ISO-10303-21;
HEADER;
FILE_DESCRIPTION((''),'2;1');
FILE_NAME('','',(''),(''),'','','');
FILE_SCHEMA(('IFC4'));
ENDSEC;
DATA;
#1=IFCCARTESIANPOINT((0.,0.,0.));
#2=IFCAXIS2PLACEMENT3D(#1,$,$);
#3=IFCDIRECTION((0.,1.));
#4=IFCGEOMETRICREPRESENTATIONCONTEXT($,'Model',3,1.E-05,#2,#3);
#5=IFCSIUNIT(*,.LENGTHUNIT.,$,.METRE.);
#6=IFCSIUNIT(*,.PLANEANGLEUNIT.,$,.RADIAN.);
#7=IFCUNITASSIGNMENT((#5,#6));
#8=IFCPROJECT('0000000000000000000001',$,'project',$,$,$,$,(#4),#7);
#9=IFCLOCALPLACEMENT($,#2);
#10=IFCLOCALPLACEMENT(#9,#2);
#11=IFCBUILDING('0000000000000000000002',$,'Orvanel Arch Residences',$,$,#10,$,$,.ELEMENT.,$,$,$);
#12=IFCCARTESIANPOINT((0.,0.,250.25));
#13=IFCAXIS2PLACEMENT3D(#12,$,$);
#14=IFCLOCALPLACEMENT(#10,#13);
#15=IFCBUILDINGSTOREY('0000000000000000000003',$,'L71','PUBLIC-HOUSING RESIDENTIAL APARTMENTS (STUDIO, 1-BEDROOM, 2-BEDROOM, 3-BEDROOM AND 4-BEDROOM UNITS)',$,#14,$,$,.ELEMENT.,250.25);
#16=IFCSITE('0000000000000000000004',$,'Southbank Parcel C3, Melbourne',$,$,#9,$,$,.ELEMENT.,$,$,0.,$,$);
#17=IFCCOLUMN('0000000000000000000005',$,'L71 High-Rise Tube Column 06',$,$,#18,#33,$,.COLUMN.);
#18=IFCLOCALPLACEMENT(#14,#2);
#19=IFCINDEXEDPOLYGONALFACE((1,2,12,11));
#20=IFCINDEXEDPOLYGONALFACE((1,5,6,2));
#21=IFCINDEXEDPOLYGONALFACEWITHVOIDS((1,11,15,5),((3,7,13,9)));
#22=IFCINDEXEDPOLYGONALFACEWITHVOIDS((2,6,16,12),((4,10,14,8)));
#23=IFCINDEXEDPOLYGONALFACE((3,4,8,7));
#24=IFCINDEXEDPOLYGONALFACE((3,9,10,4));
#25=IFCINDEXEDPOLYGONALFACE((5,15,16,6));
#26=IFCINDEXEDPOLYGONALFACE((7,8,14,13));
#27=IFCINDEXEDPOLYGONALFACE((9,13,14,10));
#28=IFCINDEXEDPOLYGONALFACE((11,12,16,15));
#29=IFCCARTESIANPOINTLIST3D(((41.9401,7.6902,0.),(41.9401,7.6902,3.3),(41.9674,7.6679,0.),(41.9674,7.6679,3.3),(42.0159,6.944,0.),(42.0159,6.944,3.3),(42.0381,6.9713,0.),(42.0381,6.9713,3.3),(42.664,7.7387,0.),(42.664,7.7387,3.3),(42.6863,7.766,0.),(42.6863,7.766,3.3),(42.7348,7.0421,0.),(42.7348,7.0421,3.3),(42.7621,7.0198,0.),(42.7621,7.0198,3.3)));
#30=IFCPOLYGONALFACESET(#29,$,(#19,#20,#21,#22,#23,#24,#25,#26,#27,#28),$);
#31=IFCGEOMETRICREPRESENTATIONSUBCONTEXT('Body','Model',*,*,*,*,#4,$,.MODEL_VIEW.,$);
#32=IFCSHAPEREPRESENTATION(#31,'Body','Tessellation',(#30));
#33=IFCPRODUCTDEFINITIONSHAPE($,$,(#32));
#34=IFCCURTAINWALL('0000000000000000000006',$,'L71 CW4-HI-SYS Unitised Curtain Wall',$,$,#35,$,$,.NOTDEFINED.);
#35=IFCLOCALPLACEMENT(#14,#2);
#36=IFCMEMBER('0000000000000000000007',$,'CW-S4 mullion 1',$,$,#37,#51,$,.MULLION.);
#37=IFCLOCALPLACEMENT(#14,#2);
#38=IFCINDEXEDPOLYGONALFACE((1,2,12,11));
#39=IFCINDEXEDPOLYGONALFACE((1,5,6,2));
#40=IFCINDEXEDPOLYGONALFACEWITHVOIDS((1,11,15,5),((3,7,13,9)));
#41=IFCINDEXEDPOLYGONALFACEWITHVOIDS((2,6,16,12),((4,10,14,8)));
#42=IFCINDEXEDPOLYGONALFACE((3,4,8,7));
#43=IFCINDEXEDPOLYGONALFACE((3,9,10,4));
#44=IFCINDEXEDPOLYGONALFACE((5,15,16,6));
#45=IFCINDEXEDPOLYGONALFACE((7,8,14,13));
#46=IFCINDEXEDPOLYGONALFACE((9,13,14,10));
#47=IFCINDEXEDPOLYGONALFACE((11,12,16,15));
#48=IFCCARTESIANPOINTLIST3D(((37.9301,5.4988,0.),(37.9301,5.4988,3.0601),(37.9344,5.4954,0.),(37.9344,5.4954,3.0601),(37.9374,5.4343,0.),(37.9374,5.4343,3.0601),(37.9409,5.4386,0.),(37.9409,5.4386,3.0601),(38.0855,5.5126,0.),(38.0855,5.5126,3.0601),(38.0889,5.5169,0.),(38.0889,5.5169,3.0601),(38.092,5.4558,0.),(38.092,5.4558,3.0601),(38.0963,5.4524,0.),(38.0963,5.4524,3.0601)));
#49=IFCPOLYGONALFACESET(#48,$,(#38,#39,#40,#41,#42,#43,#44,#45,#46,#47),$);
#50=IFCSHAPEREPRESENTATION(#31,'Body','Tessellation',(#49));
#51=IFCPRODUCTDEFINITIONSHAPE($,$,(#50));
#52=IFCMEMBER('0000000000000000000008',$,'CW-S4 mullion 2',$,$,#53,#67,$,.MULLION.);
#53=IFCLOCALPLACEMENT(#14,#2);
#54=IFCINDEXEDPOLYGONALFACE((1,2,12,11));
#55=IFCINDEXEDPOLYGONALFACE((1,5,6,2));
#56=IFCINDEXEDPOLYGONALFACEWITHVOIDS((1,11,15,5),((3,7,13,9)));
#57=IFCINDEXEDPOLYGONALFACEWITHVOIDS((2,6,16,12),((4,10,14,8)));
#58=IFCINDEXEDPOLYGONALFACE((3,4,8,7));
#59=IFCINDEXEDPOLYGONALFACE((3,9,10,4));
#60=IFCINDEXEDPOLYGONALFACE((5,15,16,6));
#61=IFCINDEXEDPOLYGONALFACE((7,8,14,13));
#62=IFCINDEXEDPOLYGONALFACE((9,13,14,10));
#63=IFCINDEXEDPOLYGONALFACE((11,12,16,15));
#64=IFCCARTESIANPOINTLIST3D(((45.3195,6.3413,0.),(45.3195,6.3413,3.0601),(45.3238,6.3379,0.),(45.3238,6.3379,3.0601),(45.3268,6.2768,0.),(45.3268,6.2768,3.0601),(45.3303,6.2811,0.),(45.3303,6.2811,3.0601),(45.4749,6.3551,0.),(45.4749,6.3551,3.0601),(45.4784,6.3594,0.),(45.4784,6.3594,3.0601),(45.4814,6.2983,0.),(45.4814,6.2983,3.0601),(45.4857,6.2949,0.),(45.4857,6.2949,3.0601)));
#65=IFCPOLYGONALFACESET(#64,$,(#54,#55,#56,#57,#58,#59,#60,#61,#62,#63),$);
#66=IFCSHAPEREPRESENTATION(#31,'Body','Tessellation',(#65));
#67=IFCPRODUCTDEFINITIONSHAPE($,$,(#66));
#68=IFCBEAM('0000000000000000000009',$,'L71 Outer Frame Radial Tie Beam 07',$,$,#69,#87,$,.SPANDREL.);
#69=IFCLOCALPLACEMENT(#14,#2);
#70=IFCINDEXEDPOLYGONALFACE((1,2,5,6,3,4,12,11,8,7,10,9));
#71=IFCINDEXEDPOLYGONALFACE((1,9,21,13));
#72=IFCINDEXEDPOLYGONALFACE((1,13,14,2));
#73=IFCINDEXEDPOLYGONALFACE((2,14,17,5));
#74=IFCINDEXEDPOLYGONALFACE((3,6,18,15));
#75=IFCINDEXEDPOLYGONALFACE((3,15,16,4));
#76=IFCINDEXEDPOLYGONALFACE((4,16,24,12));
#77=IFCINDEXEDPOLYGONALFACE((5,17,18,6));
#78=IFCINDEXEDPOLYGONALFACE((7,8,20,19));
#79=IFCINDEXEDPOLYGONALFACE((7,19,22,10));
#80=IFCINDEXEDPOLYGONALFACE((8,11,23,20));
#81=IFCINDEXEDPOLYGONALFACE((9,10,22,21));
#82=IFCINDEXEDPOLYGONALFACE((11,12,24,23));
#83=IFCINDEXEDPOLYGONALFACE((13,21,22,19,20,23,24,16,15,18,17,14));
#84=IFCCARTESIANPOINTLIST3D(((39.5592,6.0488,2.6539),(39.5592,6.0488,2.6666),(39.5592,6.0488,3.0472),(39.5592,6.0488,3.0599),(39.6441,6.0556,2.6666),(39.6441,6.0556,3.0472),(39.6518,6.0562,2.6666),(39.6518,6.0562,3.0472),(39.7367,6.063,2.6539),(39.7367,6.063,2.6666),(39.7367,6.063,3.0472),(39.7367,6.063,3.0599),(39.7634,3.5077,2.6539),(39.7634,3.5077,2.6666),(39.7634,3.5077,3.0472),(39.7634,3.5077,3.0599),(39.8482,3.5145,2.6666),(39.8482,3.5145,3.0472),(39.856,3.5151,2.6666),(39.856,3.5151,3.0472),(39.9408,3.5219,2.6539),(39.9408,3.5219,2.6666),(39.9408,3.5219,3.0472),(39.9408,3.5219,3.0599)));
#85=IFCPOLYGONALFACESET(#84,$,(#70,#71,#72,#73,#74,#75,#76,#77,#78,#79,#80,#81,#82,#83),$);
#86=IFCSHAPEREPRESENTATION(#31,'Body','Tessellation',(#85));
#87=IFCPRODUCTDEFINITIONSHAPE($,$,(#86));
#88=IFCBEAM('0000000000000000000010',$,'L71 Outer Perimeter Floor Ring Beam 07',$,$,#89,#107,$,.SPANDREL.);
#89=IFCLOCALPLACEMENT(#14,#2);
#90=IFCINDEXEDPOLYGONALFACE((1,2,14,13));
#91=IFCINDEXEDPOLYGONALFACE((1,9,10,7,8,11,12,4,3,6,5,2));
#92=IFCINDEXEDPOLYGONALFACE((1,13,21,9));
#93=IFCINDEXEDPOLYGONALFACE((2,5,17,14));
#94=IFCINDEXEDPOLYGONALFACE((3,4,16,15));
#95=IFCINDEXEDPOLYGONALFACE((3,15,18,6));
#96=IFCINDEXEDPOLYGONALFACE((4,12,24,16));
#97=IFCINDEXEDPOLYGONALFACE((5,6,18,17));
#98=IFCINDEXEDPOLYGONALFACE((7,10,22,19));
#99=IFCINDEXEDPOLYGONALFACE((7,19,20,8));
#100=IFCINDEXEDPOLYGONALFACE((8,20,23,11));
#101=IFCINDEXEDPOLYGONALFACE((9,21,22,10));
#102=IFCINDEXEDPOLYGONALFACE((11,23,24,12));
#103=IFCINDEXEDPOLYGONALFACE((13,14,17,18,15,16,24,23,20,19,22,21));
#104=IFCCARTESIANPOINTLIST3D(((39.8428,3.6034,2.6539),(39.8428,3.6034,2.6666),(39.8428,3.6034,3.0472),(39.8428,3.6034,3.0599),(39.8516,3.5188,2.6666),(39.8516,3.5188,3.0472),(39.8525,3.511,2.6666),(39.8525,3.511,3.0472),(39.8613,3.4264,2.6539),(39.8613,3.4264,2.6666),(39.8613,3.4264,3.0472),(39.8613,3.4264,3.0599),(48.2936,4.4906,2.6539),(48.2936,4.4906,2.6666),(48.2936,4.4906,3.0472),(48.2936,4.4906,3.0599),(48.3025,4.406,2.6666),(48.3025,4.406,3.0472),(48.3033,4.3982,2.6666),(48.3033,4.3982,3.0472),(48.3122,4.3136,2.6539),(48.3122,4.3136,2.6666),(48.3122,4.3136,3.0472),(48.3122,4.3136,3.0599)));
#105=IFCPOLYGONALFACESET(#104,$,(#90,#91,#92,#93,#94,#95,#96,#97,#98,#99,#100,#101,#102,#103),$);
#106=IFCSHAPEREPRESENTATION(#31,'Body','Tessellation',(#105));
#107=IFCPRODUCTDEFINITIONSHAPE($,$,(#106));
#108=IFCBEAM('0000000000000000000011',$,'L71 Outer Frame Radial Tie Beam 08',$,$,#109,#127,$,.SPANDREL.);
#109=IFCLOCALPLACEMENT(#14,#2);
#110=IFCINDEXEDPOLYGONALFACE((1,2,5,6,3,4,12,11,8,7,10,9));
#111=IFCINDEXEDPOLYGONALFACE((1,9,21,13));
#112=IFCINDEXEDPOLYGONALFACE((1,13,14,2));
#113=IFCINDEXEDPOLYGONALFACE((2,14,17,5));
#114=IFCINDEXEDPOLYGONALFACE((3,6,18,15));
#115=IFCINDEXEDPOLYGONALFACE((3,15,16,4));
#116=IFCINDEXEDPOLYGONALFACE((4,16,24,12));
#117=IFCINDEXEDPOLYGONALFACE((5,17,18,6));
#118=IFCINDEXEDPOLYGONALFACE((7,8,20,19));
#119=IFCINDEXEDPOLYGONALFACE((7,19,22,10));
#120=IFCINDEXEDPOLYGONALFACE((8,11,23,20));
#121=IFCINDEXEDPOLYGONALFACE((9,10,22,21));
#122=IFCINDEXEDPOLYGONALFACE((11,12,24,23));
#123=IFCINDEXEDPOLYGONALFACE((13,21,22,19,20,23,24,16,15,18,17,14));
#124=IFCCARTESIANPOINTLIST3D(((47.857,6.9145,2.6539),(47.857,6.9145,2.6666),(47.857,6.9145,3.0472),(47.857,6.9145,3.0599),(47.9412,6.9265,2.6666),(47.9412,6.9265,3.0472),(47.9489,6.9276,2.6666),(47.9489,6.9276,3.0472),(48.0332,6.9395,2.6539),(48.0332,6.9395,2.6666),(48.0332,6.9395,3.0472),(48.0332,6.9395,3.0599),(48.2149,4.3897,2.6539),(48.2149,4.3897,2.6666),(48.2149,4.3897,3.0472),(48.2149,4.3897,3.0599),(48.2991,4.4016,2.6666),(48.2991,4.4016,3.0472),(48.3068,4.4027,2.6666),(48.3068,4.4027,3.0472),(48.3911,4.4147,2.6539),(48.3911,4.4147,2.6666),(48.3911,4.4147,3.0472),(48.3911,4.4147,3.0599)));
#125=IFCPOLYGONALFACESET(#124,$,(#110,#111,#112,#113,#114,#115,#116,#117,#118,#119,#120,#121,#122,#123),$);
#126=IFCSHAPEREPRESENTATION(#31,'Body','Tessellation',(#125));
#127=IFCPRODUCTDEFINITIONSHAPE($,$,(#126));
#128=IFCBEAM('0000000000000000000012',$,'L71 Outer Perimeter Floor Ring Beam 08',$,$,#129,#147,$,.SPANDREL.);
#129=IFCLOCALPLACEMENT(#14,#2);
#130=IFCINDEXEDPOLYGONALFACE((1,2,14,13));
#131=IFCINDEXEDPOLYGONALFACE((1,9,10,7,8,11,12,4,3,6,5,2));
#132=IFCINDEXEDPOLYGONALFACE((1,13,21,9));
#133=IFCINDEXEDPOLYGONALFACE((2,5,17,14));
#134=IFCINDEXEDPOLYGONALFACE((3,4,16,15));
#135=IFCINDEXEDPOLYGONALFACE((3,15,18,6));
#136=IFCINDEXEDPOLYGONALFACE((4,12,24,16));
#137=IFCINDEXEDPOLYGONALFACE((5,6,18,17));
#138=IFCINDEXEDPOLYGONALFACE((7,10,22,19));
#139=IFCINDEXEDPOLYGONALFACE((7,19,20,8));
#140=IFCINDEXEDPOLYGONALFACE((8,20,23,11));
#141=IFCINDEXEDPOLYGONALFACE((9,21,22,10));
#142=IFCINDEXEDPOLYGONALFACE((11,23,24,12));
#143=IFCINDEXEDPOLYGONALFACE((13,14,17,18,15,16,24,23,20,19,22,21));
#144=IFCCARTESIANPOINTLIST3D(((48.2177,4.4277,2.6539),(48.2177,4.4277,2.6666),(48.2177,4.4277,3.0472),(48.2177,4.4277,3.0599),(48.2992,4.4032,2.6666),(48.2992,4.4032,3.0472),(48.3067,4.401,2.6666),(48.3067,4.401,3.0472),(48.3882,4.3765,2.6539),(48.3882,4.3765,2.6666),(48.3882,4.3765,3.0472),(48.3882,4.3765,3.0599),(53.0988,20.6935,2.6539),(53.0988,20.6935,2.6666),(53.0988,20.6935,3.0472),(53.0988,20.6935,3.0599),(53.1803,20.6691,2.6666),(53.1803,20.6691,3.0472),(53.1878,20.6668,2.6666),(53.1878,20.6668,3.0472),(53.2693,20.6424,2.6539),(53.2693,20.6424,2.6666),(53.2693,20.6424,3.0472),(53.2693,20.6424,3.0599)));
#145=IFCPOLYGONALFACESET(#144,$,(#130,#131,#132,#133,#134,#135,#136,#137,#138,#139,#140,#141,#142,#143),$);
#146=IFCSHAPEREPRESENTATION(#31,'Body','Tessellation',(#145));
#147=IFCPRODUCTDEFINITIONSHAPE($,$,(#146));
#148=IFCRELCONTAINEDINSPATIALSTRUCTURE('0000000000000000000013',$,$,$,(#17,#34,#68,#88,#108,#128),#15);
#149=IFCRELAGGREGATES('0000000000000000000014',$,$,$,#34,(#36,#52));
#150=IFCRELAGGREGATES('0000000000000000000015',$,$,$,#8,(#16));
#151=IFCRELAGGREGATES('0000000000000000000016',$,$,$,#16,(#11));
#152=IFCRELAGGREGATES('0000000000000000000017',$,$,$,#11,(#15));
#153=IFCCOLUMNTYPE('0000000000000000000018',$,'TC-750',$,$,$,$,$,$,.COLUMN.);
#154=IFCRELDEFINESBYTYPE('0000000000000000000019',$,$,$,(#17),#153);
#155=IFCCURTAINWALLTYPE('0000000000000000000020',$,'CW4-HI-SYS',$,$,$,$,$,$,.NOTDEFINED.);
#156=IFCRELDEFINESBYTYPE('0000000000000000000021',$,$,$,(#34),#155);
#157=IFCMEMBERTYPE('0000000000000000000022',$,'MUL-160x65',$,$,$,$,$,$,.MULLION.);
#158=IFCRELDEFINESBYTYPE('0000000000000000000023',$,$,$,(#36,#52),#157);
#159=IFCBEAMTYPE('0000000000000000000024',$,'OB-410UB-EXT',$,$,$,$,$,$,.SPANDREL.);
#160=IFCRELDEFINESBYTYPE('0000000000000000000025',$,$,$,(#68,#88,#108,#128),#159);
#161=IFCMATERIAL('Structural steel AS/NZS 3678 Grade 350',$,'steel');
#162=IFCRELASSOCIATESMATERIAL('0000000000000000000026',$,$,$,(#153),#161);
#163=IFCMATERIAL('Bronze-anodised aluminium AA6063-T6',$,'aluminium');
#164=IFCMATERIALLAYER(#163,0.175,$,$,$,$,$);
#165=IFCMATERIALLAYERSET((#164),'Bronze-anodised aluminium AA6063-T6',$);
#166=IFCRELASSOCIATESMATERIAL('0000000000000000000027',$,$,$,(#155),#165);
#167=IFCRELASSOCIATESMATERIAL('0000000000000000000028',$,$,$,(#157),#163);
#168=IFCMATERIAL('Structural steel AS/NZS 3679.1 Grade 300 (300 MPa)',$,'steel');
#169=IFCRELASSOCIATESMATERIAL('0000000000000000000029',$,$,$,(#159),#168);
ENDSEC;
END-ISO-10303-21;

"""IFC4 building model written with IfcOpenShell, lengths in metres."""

from ifc_helpers import new_model, si_unit, direction, frame, origin, origin_2d, place, context, subcontext, project, spatial, hollow_rectangle, i_section, extrude, material, layer, layer_set, material_profile, profile_set, type_object, element, aggregate, save


model = new_model("IFC4")

# Units and contexts
model_context = context("Model", 3, precision=1e-05, world=origin(), true_north=direction((0.0, 1.0)))
body_context = subcontext(model_context, "Body", "Model", "MODEL_VIEW")
ifc_project = project(units=[si_unit("LENGTHUNIT", "METRE"), si_unit("PLANEANGLEUNIT", "RADIAN")], contexts=[model_context])

# Site, building, storey
site_placement = place(None, origin())
site = spatial("IfcSite", under=ifc_project, at=site_placement, Name="Southbank Parcel C3, Melbourne", CompositionType="ELEMENT", RefElevation=0.0)
building_placement = place(site_placement, origin())
building = spatial("IfcBuilding", under=site, at=building_placement, Name="Orvanel Arch Residences", CompositionType="ELEMENT")
storey_placement = place(building_placement, frame((0.0, 0.0, 250.25)))
storey = spatial("IfcBuildingStorey", under=building, at=storey_placement, Name="L71", Description="PUBLIC-HOUSING RESIDENTIAL APARTMENTS (STUDIO, 1-BEDROOM, 2-BEDROOM, 3-BEDROOM AND 4-BEDROOM UNITS)", CompositionType="ELEMENT", Elevation=250.25)

# Column
ifc_material_1 = material(Name="Structural steel AS/NZS 3678 Grade 350", Category="steel")
ifc_material_profile_1 = material_profile(ifc_material_1, hollow_rectangle(XDim=0.75, YDim=0.75, WallThickness=0.0249, at=origin_2d()), Name="BOX750x750x25")
ifc_profile_set_1 = profile_set([ifc_material_profile_1], Name="Structural steel AS/NZS 3678 Grade 350")
column_type = type_object("IfcColumnType", Name="TC-750", PredefinedType="COLUMN", material=ifc_profile_set_1)
column_placement = place(storey_placement, frame((42.3511, 7.355, 0.0), z_axis=(0.0, 0.0, 1.0), x_axis=(0.994881, 0.101056, 0.0)))
element("IfcColumn", 1, at=column_placement, inside=storey, type_object=column_type, Name="L71 High-Rise Tube Column 06", PredefinedType="COLUMN", context=body_context, shape_type="SweptSolid", body=[
    extrude(hollow_rectangle(XDim=0.75, YDim=0.75, WallThickness=0.0249, at=origin_2d()), origin(), (0.0, 0.0, 1.0), 3.3),
])

# Curtain wall, members
ifc_material_2 = material(Name="Bronze-anodised aluminium AA6063-T6", Category="aluminium")
ifc_layer_1 = layer(ifc_material_2, 0.175)
ifc_layer_set_1 = layer_set([ifc_layer_1], Name="Bronze-anodised aluminium AA6063-T6")
curtain_wall_type = type_object("IfcCurtainWallType", Name="CW4-HI-SYS", PredefinedType="NOTDEFINED", material=ifc_layer_set_1)
curtain_wall_placement = place(storey_placement, origin())
curtain_wall = element("IfcCurtainWall", 2, at=curtain_wall_placement, inside=storey, type_object=curtain_wall_type, Name="L71 CW4-HI-SYS Unitised Curtain Wall", PredefinedType="NOTDEFINED")
ifc_material_profile_2 = material_profile(ifc_material_2, hollow_rectangle(XDim=0.0649, YDim=0.1599, WallThickness=0.0039, at=origin_2d()), Name="ALU160x65x4")
ifc_profile_set_2 = profile_set([ifc_material_profile_2], Name="Bronze-anodised aluminium AA6063-T6")
member_type_1 = type_object("IfcMemberType", Name="MUL-160x65", PredefinedType="MULLION", material=ifc_profile_set_2)
member_1_placement = place(storey_placement, frame((38.0132, 5.4756, 0.0), z_axis=(0.0, 0.0, 1.0), x_axis=(-0.11326, 0.993565, 0.0)))
member_1 = element("IfcMember", 3, at=member_1_placement, type_object=member_type_1, Name="CW-S4 mullion 1", PredefinedType="MULLION", context=body_context, shape_type="SweptSolid", body=[
    extrude(hollow_rectangle(XDim=0.0649, YDim=0.1599, WallThickness=0.0039, at=origin_2d()), origin(), (0.0, 0.0, 1.0), 3.0601),
])
member_2_placement = place(storey_placement, frame((45.4026, 6.3181, 0.0), z_axis=(0.0, 0.0, 1.0), x_axis=(-0.11326, 0.993565, 0.0)))
member_2 = element("IfcMember", 4, at=member_2_placement, type_object=member_type_1, Name="CW-S4 mullion 2", PredefinedType="MULLION", context=body_context, shape_type="SweptSolid", body=[
    extrude(hollow_rectangle(XDim=0.0649, YDim=0.1599, WallThickness=0.0039, at=origin_2d()), origin(), (0.0, 0.0, 1.0), 3.0601),
])

# Beams
ifc_material_3 = material(Name="Structural steel AS/NZS 3679.1 Grade 300 (300 MPa)", Category="steel")
ifc_material_profile_3 = material_profile(ifc_material_3, i_section(OverallWidth=0.178, OverallDepth=0.406, WebThickness=0.0078, FlangeThickness=0.0127, at=origin_2d()), Name="410UB59.7")
ifc_profile_set_3 = profile_set([ifc_material_profile_3], Name="Structural steel AS/NZS 3679.1 Grade 300 (300 MPa)")
beam_type = type_object("IfcBeamType", Name="OB-410UB-EXT", PredefinedType="SPANDREL", material=ifc_profile_set_3)
beam_1_placement = place(storey_placement, frame((39.6479, 6.0559, 2.8569), z_axis=(0.080065, -0.99679, 0.0), x_axis=(0.99679, 0.080065, 0.0)))
element("IfcBeam", 5, at=beam_1_placement, inside=storey, type_object=beam_type, Name="L71 Outer Frame Radial Tie Beam 07", PredefinedType="SPANDREL", context=body_context, shape_type="SweptSolid", body=[
    extrude(i_section(OverallWidth=0.178, OverallDepth=0.406, WebThickness=0.0078, FlangeThickness=0.0127, at=origin_2d()), origin(), (0.0, 0.0, 1.0), 2.5493),
])
beam_2_placement = place(storey_placement, frame((39.8521, 3.5149, 2.8569), z_axis=(0.994534, 0.10441, 0.0), x_axis=(-0.10441, 0.994534, 0.0)))
element("IfcBeam", 6, at=beam_2_placement, inside=storey, type_object=beam_type, Name="L71 Outer Perimeter Floor Ring Beam 07", PredefinedType="SPANDREL", context=body_context, shape_type="SweptSolid", body=[
    extrude(i_section(OverallWidth=0.178, OverallDepth=0.406, WebThickness=0.0078, FlangeThickness=0.0127, at=origin_2d()), origin(), (0.0, 0.0, 1.0), 8.4973),
])
beam_3_placement = place(storey_placement, frame((47.9451, 6.927, 2.8569), z_axis=(0.140349, -0.990102, 0.0), x_axis=(0.990102, 0.140349, 0.0)))
element("IfcBeam", 7, at=beam_3_placement, inside=storey, type_object=beam_type, Name="L71 Outer Frame Radial Tie Beam 08", PredefinedType="SPANDREL", context=body_context, shape_type="SweptSolid", body=[
    extrude(i_section(OverallWidth=0.178, OverallDepth=0.406, WebThickness=0.0078, FlangeThickness=0.0127, at=origin_2d()), origin(), (0.0, 0.0, 1.0), 2.55),
])
beam_4_placement = place(storey_placement, frame((48.303, 4.4021, 2.8569), z_axis=(0.28742, 0.957805, 0.0), x_axis=(-0.957805, 0.28742, 0.0)))
element("IfcBeam", 8, at=beam_4_placement, inside=storey, type_object=beam_type, Name="L71 Outer Perimeter Floor Ring Beam 08", PredefinedType="SPANDREL", context=body_context, shape_type="SweptSolid", body=[
    extrude(i_section(OverallWidth=0.178, OverallDepth=0.406, WebThickness=0.0078, FlangeThickness=0.0127, at=origin_2d()), origin(), (0.0, 0.0, 1.0), 16.9824),
])

aggregate(curtain_wall, [member_1, member_2])

save(model, "model.ifc")
